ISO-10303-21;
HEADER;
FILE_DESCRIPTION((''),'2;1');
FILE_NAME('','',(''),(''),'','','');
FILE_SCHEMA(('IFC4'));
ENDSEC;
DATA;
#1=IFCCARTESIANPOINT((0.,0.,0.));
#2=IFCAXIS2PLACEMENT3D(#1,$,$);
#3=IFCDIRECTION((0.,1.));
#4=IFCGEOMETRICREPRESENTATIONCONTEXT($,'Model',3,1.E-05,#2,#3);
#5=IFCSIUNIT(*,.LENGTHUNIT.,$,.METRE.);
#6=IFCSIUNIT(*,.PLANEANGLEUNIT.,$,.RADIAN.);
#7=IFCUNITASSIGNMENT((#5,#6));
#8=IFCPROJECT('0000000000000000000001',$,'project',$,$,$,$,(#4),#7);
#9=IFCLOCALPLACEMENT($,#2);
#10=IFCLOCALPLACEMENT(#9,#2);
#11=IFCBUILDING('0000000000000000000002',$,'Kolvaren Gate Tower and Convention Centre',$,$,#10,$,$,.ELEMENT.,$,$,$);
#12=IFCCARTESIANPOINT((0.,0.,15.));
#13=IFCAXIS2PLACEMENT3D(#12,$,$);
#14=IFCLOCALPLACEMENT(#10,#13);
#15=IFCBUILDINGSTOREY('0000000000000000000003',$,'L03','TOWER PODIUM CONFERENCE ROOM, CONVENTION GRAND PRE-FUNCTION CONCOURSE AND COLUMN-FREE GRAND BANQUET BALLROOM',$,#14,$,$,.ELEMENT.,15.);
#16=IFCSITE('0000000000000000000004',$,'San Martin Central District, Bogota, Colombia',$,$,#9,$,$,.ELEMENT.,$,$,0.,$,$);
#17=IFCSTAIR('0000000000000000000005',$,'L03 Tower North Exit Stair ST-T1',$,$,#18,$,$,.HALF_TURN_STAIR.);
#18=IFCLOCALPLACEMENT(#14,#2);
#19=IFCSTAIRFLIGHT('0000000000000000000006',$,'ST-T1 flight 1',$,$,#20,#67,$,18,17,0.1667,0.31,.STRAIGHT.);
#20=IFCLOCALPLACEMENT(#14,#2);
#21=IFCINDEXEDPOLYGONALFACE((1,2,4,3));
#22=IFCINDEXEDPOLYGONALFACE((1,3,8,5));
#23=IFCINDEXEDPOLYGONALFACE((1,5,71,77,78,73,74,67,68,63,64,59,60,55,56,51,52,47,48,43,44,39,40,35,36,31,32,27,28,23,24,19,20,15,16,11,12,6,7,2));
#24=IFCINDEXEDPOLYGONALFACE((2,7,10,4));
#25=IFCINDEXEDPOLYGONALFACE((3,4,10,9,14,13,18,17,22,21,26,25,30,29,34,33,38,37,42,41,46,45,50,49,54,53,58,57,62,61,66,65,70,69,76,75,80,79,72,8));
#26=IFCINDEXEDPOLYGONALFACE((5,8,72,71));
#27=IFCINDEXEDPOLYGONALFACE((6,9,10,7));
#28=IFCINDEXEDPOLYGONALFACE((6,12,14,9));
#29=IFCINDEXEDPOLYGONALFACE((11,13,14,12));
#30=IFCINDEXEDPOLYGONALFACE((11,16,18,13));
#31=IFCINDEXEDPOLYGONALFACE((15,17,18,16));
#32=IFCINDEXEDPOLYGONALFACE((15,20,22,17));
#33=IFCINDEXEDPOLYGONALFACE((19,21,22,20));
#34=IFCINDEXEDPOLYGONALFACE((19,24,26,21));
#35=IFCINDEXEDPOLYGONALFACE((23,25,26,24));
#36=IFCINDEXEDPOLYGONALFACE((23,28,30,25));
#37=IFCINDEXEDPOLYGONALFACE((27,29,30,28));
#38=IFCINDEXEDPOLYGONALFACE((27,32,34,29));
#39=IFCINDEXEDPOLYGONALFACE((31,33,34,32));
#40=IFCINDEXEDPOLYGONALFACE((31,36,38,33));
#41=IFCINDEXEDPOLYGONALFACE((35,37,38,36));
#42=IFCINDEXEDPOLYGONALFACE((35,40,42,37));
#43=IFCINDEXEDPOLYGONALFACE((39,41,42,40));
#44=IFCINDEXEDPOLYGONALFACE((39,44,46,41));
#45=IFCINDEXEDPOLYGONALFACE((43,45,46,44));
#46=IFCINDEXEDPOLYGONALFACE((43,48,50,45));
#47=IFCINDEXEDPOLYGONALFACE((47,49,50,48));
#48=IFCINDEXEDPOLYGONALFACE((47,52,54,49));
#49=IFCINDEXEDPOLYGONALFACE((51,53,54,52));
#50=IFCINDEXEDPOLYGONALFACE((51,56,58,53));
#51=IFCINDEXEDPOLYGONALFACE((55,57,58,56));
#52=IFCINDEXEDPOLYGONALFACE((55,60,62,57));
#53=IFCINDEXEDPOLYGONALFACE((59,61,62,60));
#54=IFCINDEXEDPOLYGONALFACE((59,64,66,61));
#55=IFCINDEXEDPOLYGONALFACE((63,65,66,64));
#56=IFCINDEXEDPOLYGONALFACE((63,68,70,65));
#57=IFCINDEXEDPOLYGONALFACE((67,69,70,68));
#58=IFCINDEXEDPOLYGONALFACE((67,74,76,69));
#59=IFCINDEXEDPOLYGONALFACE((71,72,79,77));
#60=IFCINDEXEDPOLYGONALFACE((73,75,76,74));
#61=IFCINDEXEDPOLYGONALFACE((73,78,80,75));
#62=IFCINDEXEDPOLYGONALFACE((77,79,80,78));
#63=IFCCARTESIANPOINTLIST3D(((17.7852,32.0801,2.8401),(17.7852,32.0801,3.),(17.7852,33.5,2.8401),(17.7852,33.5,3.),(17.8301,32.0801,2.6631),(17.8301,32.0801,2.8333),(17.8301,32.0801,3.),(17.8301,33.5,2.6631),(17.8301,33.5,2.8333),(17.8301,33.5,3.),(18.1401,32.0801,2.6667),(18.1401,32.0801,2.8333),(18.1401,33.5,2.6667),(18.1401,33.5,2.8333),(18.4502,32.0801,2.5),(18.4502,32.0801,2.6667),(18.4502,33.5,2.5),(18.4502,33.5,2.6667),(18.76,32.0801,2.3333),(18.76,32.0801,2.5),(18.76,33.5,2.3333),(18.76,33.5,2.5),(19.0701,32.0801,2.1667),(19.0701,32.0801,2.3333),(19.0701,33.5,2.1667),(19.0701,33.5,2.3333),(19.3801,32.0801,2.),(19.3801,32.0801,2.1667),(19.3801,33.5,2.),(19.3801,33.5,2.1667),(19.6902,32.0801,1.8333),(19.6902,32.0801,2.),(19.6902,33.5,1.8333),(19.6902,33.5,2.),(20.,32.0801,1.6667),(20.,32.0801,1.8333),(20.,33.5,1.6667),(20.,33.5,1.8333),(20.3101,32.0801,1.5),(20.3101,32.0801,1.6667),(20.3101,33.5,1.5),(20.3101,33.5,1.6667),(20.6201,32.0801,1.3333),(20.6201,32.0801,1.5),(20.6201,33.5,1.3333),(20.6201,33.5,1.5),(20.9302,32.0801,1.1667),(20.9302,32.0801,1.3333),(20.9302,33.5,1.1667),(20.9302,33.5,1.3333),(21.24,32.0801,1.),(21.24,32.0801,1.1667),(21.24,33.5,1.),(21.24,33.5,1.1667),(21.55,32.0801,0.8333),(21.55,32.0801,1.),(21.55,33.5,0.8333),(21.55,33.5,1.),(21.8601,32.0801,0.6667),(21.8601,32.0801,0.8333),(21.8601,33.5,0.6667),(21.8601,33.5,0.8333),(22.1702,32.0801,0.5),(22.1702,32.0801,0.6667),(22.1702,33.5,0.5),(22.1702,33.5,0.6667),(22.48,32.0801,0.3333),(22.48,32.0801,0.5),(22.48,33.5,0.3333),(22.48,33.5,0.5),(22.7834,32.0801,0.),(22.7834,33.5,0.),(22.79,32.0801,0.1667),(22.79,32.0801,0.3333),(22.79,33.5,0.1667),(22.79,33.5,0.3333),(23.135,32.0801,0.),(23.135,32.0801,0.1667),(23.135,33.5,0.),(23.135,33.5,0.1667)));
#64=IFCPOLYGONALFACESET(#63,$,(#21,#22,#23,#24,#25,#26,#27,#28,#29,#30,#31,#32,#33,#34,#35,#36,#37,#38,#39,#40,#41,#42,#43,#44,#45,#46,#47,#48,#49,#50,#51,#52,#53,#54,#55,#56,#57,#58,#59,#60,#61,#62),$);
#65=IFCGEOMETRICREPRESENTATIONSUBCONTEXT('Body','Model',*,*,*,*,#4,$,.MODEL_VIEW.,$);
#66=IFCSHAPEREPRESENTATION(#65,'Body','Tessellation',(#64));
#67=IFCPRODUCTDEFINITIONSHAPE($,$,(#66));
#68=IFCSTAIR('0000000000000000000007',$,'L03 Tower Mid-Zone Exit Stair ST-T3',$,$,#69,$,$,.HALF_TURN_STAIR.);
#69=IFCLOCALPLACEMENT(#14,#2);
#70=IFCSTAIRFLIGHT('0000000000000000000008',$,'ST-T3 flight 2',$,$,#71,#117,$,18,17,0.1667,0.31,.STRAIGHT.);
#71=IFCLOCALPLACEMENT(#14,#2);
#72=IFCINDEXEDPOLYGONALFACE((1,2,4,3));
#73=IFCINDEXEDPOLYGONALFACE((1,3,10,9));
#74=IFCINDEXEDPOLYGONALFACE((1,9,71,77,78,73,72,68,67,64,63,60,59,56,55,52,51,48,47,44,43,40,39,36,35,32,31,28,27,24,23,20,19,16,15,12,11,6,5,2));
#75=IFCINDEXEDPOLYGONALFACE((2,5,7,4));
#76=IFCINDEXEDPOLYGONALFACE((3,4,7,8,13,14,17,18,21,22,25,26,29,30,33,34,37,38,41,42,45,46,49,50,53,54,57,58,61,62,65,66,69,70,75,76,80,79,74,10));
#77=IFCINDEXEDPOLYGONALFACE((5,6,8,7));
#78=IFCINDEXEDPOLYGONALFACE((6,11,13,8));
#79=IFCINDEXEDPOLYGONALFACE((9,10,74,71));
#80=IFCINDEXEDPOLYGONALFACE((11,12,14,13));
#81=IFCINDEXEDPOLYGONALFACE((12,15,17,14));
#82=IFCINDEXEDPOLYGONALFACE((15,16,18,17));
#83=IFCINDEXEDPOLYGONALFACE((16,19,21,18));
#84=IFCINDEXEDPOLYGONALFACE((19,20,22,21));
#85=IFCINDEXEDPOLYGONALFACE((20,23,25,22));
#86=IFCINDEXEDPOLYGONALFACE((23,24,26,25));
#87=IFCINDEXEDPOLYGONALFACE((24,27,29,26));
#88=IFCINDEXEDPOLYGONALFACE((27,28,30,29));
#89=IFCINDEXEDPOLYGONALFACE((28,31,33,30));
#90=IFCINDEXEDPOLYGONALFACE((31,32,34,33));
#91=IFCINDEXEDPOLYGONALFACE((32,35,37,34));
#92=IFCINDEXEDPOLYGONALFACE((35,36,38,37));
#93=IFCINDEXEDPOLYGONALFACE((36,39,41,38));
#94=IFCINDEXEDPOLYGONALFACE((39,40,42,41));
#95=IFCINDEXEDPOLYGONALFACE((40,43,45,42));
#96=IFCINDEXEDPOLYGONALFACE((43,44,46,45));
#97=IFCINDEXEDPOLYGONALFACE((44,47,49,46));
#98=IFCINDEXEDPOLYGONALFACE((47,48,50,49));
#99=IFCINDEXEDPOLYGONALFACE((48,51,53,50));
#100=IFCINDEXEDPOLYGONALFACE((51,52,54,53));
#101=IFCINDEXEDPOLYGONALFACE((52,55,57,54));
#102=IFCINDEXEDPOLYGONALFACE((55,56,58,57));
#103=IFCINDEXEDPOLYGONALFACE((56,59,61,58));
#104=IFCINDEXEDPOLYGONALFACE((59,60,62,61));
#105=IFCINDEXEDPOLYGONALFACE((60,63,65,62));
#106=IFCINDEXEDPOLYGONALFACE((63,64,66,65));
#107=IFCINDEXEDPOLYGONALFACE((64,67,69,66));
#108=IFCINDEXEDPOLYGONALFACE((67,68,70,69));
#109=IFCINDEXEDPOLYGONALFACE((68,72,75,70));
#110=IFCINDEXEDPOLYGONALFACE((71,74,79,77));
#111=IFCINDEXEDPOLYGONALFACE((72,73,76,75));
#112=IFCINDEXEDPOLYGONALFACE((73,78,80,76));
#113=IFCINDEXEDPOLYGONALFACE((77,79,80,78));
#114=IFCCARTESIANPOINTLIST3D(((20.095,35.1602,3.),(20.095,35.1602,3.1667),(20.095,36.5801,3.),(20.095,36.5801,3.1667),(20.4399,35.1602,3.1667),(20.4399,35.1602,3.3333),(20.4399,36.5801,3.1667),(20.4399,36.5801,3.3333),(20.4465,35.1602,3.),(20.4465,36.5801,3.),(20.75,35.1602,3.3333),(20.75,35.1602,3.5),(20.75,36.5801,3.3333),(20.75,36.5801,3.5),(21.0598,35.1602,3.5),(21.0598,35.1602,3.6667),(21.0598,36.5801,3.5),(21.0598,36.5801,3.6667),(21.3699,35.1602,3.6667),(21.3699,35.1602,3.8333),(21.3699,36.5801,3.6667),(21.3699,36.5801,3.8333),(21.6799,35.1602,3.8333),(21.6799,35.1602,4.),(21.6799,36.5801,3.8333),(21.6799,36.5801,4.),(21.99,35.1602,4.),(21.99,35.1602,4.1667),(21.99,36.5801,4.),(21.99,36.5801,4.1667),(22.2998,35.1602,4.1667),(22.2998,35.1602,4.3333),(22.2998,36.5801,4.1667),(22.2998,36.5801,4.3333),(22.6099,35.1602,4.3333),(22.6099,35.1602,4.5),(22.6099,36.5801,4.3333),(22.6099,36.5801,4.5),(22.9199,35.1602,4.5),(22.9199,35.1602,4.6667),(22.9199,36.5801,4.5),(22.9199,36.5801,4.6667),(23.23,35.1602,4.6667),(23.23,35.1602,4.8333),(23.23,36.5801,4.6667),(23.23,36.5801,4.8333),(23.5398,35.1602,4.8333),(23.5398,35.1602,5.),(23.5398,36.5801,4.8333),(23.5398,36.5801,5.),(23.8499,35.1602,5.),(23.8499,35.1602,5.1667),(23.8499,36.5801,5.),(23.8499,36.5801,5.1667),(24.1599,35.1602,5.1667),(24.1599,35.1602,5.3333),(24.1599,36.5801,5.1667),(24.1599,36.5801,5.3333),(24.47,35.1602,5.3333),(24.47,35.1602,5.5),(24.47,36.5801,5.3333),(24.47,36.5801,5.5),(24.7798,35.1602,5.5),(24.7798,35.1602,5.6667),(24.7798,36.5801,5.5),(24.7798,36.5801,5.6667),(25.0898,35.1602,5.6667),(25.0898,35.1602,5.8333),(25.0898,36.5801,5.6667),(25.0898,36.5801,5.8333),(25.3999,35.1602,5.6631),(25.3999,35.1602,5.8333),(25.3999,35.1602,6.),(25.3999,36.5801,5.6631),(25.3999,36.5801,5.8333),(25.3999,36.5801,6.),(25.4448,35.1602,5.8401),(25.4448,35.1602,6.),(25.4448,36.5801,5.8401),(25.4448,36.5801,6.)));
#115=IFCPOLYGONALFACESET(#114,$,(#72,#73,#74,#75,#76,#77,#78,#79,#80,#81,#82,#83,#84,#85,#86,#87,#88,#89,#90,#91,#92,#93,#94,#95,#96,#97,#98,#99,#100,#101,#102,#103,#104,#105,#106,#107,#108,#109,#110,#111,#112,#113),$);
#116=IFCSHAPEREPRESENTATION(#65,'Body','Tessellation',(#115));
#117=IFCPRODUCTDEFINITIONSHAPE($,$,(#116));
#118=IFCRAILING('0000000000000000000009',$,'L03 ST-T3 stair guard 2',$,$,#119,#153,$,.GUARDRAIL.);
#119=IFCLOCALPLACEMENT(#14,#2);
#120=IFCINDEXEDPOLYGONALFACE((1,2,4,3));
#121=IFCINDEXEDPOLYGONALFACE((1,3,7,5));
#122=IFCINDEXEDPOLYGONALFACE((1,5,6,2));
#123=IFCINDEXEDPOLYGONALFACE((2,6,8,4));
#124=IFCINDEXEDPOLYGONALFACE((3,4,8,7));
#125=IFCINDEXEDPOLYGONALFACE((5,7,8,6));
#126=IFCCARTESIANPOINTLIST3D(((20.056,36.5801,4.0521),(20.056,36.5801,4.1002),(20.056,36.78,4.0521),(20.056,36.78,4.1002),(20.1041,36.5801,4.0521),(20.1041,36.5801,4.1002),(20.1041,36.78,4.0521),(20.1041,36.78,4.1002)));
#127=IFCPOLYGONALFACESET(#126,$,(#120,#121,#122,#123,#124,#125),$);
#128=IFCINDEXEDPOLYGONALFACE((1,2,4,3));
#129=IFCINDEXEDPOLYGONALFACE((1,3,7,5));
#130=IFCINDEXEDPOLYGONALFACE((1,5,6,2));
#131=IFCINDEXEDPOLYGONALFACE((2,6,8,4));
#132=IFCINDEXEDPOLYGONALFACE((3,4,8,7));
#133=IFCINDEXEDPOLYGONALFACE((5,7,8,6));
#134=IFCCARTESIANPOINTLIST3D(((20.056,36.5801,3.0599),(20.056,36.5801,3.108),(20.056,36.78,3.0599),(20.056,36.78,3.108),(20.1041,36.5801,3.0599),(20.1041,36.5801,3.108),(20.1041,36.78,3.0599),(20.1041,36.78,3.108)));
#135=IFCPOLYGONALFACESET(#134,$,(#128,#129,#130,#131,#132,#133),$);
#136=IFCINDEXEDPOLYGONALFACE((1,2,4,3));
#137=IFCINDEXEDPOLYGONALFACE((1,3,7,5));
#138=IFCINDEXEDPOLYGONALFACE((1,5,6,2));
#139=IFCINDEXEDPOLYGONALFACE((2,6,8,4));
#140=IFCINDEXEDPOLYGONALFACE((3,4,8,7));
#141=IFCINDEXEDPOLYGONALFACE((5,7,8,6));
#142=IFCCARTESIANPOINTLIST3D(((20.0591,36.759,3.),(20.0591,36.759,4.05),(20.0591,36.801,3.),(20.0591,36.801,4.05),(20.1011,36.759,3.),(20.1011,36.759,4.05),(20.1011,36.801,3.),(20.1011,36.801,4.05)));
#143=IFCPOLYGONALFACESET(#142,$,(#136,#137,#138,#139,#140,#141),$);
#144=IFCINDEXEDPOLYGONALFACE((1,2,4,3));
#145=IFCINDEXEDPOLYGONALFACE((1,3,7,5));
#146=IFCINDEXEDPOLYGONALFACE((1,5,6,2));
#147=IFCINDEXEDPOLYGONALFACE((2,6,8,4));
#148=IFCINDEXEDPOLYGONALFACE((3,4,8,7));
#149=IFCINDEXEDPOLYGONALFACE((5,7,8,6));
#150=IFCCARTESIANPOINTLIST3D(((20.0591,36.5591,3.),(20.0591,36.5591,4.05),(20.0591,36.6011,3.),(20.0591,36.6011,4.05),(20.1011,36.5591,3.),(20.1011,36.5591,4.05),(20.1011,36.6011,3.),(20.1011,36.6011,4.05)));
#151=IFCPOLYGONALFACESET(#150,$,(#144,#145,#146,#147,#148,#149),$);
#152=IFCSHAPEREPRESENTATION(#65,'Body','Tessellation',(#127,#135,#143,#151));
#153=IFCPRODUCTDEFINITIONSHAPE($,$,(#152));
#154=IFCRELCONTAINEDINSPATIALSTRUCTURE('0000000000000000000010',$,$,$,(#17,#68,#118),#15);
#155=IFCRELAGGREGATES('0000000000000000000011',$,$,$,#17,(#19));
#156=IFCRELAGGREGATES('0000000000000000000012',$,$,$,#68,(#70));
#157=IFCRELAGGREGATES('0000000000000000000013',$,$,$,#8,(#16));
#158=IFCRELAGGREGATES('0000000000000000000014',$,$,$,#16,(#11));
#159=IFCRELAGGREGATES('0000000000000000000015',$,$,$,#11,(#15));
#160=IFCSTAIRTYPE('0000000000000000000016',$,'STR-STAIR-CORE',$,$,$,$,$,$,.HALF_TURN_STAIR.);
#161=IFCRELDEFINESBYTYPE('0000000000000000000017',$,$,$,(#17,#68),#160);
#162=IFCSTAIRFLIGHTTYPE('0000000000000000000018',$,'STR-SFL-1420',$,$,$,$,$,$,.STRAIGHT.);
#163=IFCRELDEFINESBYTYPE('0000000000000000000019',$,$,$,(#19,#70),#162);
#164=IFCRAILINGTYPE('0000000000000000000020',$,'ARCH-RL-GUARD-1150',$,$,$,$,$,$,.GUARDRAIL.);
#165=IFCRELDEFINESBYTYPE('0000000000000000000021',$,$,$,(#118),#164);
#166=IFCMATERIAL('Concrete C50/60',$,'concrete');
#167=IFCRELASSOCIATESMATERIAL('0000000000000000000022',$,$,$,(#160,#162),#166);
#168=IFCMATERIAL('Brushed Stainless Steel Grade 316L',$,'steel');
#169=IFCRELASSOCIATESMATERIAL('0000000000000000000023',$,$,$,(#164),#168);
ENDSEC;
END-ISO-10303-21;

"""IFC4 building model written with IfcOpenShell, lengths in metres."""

from ifc_helpers import new_model, si_unit, direction, frame, origin, origin_2d, place, context, subcontext, project, spatial, polyline, rectangle, outline, extrude, material, type_object, element, aggregate, save


model = new_model("IFC4")

# Units and contexts
model_context = context("Model", 3, precision=1e-05, world=origin(), true_north=direction((0.0, 1.0)))
body_context = subcontext(model_context, "Body", "Model", "MODEL_VIEW")
ifc_project = project(units=[si_unit("LENGTHUNIT", "METRE"), si_unit("PLANEANGLEUNIT", "RADIAN")], contexts=[model_context])

# Site, building, storey
site_placement = place(None, origin())
site = spatial("IfcSite", under=ifc_project, at=site_placement, Name="San Martin Central District, Bogota, Colombia", CompositionType="ELEMENT", RefElevation=0.0)
building_placement = place(site_placement, origin())
building = spatial("IfcBuilding", under=site, at=building_placement, Name="Kolvaren Gate Tower and Convention Centre", CompositionType="ELEMENT")
storey_placement = place(building_placement, frame((0.0, 0.0, 15.0)))
storey = spatial("IfcBuildingStorey", under=building, at=storey_placement, Name="L03", Description="TOWER PODIUM CONFERENCE ROOM, CONVENTION GRAND PRE-FUNCTION CONCOURSE AND COLUMN-FREE GRAND BANQUET BALLROOM", CompositionType="ELEMENT", Elevation=15.0)

# Shared definitions
ifc_material_1 = material(Name="Concrete C50/60", Category="concrete")

# Stairs, stair flights
stair_type = type_object("IfcStairType", Name="STR-STAIR-CORE", PredefinedType="HALF_TURN_STAIR", material=ifc_material_1)
stair_1_placement = place(storey_placement, origin())
stair_1 = element("IfcStair", 1, at=stair_1_placement, inside=storey, type_object=stair_type, Name="L03 Tower North Exit Stair ST-T1", PredefinedType="HALF_TURN_STAIR")
stair_flight_type = type_object("IfcStairFlightType", Name="STR-SFL-1420", PredefinedType="STRAIGHT", material=ifc_material_1)
stair_flight_1_placement = place(storey_placement, frame((23.1001, 32.79, 0.0), z_axis=(0.0, 0.0, 1.0), x_axis=(-1.0, 0.0, 0.0)))
stair_flight_1 = element("IfcStairFlight", 2, at=stair_flight_1_placement, type_object=stair_flight_type, Name="ST-T1 flight 1", NumberOfRisers=18, NumberOfTreads=17, PredefinedType="STRAIGHT", RiserHeight=0.1667, TreadLength=0.31, context=body_context, shape_type="SweptSolid", body=[
    extrude(outline(polyline([(-0.0349, 0.0), (-0.0349, 0.1667), (0.3101, 0.1667), (0.3101, 0.3333), (0.6201, 0.3333), (0.6201, 0.5), (0.9299, 0.5), (0.9299, 0.6667), (1.24, 0.6667), (1.24, 0.8333), (1.55, 0.8333), (1.55, 1.0), (1.8601, 1.0), (1.8601, 1.1667), (2.1699, 1.1667), (2.1699, 1.3333), (2.48, 1.3333), (2.48, 1.5), (2.79, 1.5), (2.79, 1.6667), (3.1001, 1.6667), (3.1001, 1.8333), (3.4099, 1.8333), (3.4099, 2.0), (3.72, 2.0), (3.72, 2.1667), (4.03, 2.1667), (4.03, 2.3333), (4.3401, 2.3333), (4.3401, 2.5), (4.6499, 2.5), (4.6499, 2.6667), (4.96, 2.6667), (4.96, 2.8333), (5.27, 2.8333), (5.27, 3.0), (5.3149, 3.0), (5.3149, 2.8401), (5.27, 2.6631), (0.3167, 0.0), (-0.0349, 0.0)])), frame((0.0, 0.71, 0.0), z_axis=(0.0, -1.0, 0.0), x_axis=(1.0, 0.0, 0.0)), (0.0, 0.0, 1.0), 1.4199),
])
aggregate(stair_1, [stair_flight_1])
stair_2_placement = place(storey_placement, origin())
stair_2 = element("IfcStair", 3, at=stair_2_placement, inside=storey, type_object=stair_type, Name="L03 Tower Mid-Zone Exit Stair ST-T3", PredefinedType="HALF_TURN_STAIR")
stair_flight_2_placement = place(storey_placement, frame((20.1299, 35.8701, 3.0), z_axis=(0.0, 0.0, 1.0), x_axis=(1.0, 0.0, 0.0)))
stair_flight_2 = element("IfcStairFlight", 4, at=stair_flight_2_placement, type_object=stair_flight_type, Name="ST-T3 flight 2", NumberOfRisers=18, NumberOfTreads=17, PredefinedType="STRAIGHT", RiserHeight=0.1667, TreadLength=0.31, context=body_context, shape_type="SweptSolid", body=[
    extrude(outline(polyline([(-0.0349, 0.0), (-0.0349, 0.1667), (0.3101, 0.1667), (0.3101, 0.3333), (0.6201, 0.3333), (0.6201, 0.5), (0.9299, 0.5), (0.9299, 0.6667), (1.24, 0.6667), (1.24, 0.8333), (1.55, 0.8333), (1.55, 1.0), (1.8601, 1.0), (1.8601, 1.1667), (2.1699, 1.1667), (2.1699, 1.3333), (2.48, 1.3333), (2.48, 1.5), (2.79, 1.5), (2.79, 1.6667), (3.1001, 1.6667), (3.1001, 1.8333), (3.4099, 1.8333), (3.4099, 2.0), (3.72, 2.0), (3.72, 2.1667), (4.03, 2.1667), (4.03, 2.3333), (4.3401, 2.3333), (4.3401, 2.5), (4.6499, 2.5), (4.6499, 2.6667), (4.96, 2.6667), (4.96, 2.8333), (5.27, 2.8333), (5.27, 3.0), (5.3149, 3.0), (5.3149, 2.8401), (5.27, 2.6631), (0.3167, 0.0), (-0.0349, 0.0)])), frame((0.0, 0.71, 0.0), z_axis=(0.0, -1.0, 0.0), x_axis=(1.0, 0.0, 0.0)), (0.0, 0.0, 1.0), 1.4199),
])
aggregate(stair_2, [stair_flight_2])

# Railing
ifc_material_2 = material(Name="Brushed Stainless Steel Grade 316L", Category="steel")
railing_type_1 = type_object("IfcRailingType", Name="ARCH-RL-GUARD-1150", PredefinedType="GUARDRAIL", material=ifc_material_2)
railing_1_placement = place(storey_placement, frame((20.0801, 36.78, 3.0)))
element("IfcRailing", 5, at=railing_1_placement, inside=storey, type_object=railing_type_1, Name="L03 ST-T3 stair guard 2", PredefinedType="GUARDRAIL", context=body_context, shape_type="SweptSolid", body=[
    extrude(rectangle(XDim=0.0481, YDim=0.0481, at=origin_2d()), frame((0.0, 0.0, 1.0762), z_axis=(0.0, -1.0, 0.0), x_axis=(1.0, 0.0, 0.0)), (0.0, 0.0, 1.0), 0.2),
    extrude(rectangle(XDim=0.0481, YDim=0.0481, at=origin_2d()), frame((0.0, 0.0, 0.084), z_axis=(0.0, -1.0, 0.0), x_axis=(1.0, 0.0, 0.0)), (0.0, 0.0, 1.0), 0.2),
    extrude(rectangle(XDim=0.042, YDim=0.042, at=origin_2d()), origin(), (0.0, 0.0, 1.0), 1.05),
    extrude(rectangle(XDim=0.042, YDim=0.042, at=origin_2d()), frame((0.0, -0.2, 0.0)), (0.0, 0.0, 1.0), 1.05),
])

save(model, "model.ifc")
